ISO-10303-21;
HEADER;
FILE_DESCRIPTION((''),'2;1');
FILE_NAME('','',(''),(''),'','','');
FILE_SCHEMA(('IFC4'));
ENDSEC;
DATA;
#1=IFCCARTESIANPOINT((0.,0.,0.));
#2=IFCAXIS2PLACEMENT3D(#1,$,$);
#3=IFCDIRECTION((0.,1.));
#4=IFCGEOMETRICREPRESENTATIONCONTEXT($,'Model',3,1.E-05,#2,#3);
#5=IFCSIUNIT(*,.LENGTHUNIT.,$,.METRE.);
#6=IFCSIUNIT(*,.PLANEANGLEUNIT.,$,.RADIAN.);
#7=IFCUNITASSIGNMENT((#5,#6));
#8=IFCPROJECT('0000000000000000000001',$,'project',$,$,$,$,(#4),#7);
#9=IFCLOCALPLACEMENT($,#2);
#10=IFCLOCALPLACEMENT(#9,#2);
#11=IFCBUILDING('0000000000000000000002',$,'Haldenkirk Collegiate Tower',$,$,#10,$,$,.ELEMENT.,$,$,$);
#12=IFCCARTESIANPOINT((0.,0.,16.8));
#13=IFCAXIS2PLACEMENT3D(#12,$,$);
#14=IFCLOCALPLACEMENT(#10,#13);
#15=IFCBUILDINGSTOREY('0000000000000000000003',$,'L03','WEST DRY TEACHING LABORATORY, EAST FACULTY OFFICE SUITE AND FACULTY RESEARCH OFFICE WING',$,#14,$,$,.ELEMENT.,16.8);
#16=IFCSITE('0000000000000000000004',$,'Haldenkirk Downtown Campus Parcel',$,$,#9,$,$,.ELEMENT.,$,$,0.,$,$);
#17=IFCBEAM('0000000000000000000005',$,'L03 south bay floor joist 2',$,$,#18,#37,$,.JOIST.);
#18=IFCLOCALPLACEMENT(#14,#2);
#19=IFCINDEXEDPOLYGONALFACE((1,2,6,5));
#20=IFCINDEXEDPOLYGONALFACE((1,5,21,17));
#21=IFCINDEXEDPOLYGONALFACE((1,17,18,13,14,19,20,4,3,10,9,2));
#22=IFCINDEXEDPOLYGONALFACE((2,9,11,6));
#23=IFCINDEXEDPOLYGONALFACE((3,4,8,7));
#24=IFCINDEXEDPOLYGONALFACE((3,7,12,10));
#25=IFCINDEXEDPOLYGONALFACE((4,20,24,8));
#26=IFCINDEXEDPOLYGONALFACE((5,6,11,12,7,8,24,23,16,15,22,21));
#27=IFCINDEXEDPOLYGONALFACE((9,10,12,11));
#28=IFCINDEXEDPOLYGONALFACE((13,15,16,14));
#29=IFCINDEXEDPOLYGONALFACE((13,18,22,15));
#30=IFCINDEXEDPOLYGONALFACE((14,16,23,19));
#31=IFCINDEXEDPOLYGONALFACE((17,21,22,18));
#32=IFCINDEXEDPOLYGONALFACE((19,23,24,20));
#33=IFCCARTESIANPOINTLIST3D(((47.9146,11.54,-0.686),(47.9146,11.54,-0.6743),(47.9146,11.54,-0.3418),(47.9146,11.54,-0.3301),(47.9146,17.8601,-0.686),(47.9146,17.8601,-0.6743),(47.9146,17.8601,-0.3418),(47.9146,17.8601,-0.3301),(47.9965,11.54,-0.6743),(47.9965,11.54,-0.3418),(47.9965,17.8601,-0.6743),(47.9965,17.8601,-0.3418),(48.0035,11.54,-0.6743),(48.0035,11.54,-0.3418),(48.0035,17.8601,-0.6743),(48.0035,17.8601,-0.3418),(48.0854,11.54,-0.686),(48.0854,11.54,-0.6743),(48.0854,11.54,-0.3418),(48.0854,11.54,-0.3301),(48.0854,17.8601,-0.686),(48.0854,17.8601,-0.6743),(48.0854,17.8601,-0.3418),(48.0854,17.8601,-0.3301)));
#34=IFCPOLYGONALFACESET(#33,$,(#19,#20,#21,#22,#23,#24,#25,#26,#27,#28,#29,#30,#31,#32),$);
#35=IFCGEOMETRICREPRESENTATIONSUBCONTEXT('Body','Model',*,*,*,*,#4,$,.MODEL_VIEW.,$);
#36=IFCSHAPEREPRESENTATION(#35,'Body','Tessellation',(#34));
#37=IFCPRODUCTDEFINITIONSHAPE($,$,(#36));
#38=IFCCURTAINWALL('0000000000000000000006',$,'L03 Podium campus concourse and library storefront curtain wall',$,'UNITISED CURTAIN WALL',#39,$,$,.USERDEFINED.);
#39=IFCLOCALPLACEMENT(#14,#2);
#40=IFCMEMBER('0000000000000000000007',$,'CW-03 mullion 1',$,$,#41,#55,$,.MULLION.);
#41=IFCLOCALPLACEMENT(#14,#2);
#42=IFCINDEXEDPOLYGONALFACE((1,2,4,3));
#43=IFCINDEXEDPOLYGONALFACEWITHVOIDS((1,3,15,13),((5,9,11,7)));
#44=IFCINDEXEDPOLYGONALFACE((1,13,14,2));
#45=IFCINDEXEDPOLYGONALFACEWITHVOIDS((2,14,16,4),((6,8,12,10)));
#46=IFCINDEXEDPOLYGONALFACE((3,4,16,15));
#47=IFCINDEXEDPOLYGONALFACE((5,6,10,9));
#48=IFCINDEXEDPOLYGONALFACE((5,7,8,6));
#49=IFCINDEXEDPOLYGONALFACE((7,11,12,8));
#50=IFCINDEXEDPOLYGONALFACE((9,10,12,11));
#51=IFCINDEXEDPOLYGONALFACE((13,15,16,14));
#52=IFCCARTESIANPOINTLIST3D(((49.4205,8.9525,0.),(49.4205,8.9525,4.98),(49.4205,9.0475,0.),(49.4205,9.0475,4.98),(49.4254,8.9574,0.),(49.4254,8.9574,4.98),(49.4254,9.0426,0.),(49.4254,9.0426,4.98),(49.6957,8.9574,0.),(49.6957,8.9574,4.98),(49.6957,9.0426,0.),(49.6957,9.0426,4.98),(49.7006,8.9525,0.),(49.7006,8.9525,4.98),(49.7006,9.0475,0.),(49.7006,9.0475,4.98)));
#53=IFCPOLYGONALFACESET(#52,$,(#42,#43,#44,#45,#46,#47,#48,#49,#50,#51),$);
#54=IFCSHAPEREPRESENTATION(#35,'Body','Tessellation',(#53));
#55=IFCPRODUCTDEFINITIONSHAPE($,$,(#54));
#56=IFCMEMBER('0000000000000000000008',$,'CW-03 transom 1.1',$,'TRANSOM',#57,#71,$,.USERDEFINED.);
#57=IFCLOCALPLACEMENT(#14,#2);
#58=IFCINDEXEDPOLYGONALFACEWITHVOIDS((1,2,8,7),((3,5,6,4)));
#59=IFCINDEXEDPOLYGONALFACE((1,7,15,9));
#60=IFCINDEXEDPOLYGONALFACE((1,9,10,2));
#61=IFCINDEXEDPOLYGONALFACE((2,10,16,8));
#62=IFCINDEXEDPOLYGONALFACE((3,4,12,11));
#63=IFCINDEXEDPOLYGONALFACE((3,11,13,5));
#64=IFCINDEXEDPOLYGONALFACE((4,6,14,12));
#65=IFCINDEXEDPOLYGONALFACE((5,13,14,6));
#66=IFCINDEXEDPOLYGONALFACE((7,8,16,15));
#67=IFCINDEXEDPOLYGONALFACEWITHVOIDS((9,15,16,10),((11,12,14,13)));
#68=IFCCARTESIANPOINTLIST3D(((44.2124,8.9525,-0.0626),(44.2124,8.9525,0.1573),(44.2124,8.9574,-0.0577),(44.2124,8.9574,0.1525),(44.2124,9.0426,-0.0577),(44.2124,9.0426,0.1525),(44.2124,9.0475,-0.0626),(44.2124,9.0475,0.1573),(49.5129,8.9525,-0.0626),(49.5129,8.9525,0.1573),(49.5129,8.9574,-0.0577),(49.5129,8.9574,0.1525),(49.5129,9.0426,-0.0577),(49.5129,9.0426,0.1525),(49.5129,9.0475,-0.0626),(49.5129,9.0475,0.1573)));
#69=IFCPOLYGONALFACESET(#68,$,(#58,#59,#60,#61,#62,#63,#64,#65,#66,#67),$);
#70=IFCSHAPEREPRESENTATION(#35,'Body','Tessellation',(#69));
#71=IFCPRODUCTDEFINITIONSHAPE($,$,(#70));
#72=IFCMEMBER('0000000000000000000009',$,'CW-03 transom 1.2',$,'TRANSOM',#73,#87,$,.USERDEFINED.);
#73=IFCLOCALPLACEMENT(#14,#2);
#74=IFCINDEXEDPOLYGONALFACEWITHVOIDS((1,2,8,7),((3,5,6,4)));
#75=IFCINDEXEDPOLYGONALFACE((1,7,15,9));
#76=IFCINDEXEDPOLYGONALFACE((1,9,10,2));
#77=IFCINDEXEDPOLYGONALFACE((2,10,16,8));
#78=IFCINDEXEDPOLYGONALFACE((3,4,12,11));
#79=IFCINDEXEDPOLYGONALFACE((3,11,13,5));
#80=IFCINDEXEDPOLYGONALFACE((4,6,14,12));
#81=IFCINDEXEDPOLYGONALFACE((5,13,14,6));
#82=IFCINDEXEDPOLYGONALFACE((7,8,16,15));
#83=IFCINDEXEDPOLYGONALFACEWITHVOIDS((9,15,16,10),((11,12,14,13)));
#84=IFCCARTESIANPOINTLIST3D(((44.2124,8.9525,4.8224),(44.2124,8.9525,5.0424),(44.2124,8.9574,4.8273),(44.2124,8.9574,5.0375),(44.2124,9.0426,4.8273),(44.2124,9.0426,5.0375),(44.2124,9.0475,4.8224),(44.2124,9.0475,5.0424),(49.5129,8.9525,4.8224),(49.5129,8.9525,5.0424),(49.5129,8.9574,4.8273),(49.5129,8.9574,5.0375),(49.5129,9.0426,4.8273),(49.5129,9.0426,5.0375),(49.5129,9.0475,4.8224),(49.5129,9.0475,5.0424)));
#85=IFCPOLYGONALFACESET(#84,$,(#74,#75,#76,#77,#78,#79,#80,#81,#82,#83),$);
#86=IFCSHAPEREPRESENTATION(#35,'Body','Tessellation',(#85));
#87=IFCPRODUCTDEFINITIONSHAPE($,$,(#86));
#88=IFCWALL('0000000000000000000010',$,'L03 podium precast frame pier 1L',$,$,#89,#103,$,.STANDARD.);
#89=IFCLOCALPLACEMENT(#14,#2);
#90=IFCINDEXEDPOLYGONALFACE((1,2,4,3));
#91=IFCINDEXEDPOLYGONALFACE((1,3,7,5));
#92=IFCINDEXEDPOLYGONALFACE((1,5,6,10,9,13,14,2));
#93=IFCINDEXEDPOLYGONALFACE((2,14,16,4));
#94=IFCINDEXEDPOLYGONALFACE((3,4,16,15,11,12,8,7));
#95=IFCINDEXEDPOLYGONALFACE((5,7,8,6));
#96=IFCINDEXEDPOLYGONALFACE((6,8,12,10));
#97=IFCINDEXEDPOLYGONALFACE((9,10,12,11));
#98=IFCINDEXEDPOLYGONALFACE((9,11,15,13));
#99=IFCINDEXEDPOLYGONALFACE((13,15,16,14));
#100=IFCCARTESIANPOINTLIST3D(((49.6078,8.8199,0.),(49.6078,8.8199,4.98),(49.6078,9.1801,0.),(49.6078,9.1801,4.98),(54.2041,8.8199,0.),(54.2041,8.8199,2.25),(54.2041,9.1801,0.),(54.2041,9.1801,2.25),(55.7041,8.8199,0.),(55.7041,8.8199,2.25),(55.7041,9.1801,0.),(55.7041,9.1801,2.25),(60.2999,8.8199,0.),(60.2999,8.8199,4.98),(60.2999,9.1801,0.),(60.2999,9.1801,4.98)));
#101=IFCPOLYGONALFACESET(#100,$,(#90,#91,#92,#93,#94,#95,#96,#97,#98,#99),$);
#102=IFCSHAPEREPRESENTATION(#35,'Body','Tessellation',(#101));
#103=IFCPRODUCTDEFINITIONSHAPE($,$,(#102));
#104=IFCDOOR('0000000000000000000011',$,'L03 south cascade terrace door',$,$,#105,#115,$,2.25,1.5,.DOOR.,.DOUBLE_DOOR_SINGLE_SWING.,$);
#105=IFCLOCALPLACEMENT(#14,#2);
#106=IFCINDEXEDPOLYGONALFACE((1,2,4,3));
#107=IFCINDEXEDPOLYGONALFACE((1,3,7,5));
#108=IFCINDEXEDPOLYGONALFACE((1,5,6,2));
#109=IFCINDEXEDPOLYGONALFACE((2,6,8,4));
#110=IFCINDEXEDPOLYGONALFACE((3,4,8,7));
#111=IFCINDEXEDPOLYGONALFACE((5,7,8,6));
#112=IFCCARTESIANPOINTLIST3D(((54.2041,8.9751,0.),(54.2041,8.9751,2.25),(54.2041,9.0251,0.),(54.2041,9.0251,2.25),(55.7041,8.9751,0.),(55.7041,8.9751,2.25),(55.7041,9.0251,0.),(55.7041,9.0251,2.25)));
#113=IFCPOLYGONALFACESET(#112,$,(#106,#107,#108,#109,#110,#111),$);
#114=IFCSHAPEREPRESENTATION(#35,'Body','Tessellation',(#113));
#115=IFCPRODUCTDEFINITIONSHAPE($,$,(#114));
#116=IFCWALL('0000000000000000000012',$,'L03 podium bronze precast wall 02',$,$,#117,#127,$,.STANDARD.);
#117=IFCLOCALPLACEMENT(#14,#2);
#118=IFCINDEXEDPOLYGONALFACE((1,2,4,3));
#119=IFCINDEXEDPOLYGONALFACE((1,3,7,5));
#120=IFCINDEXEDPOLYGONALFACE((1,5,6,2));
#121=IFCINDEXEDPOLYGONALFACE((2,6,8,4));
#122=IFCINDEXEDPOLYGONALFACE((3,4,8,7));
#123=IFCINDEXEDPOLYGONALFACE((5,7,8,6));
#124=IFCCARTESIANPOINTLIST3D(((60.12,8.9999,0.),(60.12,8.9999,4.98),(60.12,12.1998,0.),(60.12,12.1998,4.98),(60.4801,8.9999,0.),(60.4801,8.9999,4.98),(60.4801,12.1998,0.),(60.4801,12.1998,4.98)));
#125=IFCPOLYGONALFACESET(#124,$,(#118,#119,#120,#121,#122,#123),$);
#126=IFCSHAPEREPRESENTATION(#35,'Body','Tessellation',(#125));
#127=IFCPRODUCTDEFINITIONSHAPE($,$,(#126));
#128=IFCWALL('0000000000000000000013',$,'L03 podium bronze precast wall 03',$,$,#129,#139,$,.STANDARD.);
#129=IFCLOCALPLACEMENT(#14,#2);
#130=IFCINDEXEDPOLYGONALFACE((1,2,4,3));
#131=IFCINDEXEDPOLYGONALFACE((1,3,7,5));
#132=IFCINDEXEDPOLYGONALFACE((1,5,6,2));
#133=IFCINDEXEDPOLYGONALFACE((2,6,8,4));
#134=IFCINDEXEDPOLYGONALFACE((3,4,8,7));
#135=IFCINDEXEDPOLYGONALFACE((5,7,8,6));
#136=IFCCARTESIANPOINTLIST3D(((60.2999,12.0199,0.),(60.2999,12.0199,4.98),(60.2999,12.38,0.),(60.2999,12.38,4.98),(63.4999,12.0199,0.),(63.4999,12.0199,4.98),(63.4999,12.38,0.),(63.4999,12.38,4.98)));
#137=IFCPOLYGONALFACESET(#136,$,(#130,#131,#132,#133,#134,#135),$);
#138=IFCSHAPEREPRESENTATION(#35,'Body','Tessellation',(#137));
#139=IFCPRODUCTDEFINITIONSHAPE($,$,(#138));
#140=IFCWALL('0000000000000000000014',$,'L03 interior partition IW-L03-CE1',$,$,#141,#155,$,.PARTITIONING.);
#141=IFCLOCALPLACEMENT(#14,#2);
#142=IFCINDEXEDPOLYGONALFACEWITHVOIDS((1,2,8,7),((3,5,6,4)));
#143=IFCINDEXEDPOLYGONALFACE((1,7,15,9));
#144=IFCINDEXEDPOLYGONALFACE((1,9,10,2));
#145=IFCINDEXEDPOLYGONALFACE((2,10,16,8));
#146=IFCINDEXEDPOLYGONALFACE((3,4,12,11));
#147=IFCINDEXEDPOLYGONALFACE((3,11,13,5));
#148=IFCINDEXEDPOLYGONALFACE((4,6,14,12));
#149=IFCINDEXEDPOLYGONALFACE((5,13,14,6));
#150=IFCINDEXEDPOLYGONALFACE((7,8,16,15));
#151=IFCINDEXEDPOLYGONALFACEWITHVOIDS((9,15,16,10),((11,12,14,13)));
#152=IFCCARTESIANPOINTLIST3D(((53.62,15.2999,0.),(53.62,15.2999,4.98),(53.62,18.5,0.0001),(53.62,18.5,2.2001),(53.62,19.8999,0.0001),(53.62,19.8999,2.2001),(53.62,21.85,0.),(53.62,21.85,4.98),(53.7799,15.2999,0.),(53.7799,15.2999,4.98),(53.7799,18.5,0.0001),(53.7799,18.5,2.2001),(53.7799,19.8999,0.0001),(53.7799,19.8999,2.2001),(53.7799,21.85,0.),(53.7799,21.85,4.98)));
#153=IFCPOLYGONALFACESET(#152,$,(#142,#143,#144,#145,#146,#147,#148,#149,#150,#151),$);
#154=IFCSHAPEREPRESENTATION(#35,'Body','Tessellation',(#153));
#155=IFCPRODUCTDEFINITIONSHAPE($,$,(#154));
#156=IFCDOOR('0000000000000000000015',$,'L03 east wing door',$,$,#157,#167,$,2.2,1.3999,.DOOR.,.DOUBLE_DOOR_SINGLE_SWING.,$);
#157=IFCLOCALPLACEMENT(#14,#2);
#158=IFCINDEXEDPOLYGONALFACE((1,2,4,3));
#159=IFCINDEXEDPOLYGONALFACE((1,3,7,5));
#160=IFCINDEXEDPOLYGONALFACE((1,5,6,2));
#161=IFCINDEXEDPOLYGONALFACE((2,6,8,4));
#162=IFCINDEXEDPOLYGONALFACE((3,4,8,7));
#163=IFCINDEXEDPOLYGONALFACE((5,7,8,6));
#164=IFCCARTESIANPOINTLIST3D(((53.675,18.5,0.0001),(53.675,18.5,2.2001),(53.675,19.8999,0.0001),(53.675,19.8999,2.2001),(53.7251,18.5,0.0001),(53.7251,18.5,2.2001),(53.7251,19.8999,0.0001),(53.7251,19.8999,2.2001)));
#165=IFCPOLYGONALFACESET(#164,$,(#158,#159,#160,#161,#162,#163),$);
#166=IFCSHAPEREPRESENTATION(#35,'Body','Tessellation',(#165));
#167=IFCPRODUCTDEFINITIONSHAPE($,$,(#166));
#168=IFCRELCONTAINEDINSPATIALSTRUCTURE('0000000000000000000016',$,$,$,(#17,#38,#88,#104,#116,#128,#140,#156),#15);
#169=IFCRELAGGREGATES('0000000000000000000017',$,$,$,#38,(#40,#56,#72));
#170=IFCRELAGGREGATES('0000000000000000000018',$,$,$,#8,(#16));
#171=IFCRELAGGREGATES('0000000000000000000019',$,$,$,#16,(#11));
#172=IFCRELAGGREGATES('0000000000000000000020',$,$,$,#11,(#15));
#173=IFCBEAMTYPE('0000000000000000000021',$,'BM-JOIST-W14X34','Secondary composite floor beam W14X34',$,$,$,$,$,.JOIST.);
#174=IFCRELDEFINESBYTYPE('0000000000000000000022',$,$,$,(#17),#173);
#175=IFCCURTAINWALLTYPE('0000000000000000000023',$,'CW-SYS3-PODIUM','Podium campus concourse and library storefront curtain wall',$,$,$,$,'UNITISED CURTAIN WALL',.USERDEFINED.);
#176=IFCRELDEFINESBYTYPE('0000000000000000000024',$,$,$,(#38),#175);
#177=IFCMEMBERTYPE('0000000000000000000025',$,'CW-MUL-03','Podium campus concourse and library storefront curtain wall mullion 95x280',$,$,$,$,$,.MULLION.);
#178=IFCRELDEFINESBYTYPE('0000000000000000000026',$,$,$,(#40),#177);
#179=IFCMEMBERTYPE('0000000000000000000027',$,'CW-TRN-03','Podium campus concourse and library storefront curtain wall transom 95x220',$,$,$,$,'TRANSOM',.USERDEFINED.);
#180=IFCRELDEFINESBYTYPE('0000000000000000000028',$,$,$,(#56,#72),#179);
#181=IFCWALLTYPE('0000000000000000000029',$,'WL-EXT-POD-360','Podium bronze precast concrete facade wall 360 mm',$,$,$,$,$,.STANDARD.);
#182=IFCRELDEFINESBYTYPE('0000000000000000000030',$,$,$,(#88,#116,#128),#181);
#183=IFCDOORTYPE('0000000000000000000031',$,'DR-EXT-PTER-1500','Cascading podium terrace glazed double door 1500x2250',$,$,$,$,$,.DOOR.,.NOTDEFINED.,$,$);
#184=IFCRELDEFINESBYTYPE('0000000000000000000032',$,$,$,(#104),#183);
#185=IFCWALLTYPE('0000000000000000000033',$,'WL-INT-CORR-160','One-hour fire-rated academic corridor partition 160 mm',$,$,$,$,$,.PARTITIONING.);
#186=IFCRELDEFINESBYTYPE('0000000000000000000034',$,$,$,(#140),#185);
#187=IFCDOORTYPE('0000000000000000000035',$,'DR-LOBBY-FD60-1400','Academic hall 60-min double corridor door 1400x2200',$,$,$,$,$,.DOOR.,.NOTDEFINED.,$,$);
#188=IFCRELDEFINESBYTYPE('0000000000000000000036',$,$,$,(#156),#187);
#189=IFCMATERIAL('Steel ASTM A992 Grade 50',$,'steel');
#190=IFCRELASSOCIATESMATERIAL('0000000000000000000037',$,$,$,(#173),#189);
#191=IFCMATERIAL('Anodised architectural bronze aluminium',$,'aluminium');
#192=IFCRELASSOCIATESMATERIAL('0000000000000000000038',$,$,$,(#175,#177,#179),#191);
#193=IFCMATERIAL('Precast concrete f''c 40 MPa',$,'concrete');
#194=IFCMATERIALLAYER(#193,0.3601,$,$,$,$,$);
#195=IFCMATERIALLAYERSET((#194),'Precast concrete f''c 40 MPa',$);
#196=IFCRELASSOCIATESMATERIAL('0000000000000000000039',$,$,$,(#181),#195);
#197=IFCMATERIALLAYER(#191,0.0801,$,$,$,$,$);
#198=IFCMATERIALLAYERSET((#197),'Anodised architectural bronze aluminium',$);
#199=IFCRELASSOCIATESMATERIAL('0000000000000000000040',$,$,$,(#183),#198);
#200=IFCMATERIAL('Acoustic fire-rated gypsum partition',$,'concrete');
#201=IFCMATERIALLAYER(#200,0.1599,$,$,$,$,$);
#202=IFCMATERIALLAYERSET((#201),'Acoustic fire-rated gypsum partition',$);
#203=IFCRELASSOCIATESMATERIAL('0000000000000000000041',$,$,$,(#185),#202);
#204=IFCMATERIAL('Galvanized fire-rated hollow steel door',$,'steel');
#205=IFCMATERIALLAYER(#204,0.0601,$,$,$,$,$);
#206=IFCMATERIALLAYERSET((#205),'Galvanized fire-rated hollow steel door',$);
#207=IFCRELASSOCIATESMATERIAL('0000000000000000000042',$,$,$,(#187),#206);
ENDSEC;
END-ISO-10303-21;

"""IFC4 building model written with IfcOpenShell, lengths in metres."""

from ifc_helpers import new_model, si_unit, direction, frame, frame_2d, origin, origin_2d, place, context, subcontext, project, spatial, rectangle, hollow_rectangle, i_section, extrude, material, layer, layer_set, material_profile, profile_set, type_object, element, fill, aggregate, save


model = new_model("IFC4")

# Units and contexts
model_context = context("Model", 3, precision=1e-05, world=origin(), true_north=direction((0.0, 1.0)))
body_context = subcontext(model_context, "Body", "Model", "MODEL_VIEW")
ifc_project = project(units=[si_unit("LENGTHUNIT", "METRE"), si_unit("PLANEANGLEUNIT", "RADIAN")], contexts=[model_context])

# Site, building, storey
site_placement = place(None, origin())
site = spatial("IfcSite", under=ifc_project, at=site_placement, Name="Haldenkirk Downtown Campus Parcel", CompositionType="ELEMENT", RefElevation=0.0)
building_placement = place(site_placement, origin())
building = spatial("IfcBuilding", under=site, at=building_placement, Name="Haldenkirk Collegiate Tower", CompositionType="ELEMENT")
storey_placement = place(building_placement, frame((0.0, 0.0, 16.8)))
storey = spatial("IfcBuildingStorey", under=building, at=storey_placement, Name="L03", Description="WEST DRY TEACHING LABORATORY, EAST FACULTY OFFICE SUITE AND FACULTY RESEARCH OFFICE WING", CompositionType="ELEMENT", Elevation=16.8)

# Beam
ifc_material_1 = material(Name="Steel ASTM A992 Grade 50", Category="steel")
ifc_material_profile_1 = material_profile(ifc_material_1, i_section(OverallWidth=0.1709, OverallDepth=0.356, WebThickness=0.0071, FlangeThickness=0.0117, at=origin_2d()), Name="W14X34")
ifc_profile_set_1 = profile_set([ifc_material_profile_1], Name="Steel ASTM A992 Grade 50")
beam_type_1 = type_object("IfcBeamType", Name="BM-JOIST-W14X34", Description="Secondary composite floor beam W14X34", PredefinedType="JOIST", material=ifc_profile_set_1)
beam_1_placement = place(storey_placement, frame((48.0, 11.54, -0.5081), z_axis=(0.0, 1.0, 0.0), x_axis=(-1.0, 0.0, 0.0)))
element("IfcBeam", 1, at=beam_1_placement, inside=storey, type_object=beam_type_1, Name="L03 south bay floor joist 2", PredefinedType="JOIST", context=body_context, shape_type="SweptSolid", body=[
    extrude(i_section(OverallWidth=0.1709, OverallDepth=0.356, WebThickness=0.0071, FlangeThickness=0.0117, at=origin_2d()), origin(), (0.0, 0.0, 1.0), 6.3201),
])

# Curtain wall, members
ifc_material_2 = material(Name="Anodised architectural bronze aluminium", Category="aluminium")
curtain_wall_type = type_object("IfcCurtainWallType", Name="CW-SYS3-PODIUM", Description="Podium campus concourse and library storefront curtain wall", ElementType="UNITISED CURTAIN WALL", PredefinedType="USERDEFINED", material=ifc_material_2)
curtain_wall_placement = place(storey_placement, origin())
curtain_wall = element("IfcCurtainWall", 2, at=curtain_wall_placement, inside=storey, type_object=curtain_wall_type, Name="L03 Podium campus concourse and library storefront curtain wall", ObjectType="UNITISED CURTAIN WALL", PredefinedType="USERDEFINED")
ifc_material_profile_2 = material_profile(ifc_material_2, hollow_rectangle(XDim=0.095, YDim=0.28, WallThickness=0.0049, at=origin_2d()), Name="CW-MUL-03")
ifc_profile_set_2 = profile_set([ifc_material_profile_2], Name="Anodised architectural bronze aluminium")
member_type_1 = type_object("IfcMemberType", Name="CW-MUL-03", Description="Podium campus concourse and library storefront curtain wall mullion 95x280", PredefinedType="MULLION", material=ifc_profile_set_2)
member_1_placement = place(storey_placement, frame((49.5605, 9.0, 0.0), z_axis=(0.0, 0.0, 1.0), x_axis=(0.0, -1.0, 0.0)))
member_1 = element("IfcMember", 3, at=member_1_placement, type_object=member_type_1, Name="CW-03 mullion 1", PredefinedType="MULLION", context=body_context, shape_type="SweptSolid", body=[
    extrude(hollow_rectangle(XDim=0.095, YDim=0.28, WallThickness=0.0049, at=origin_2d()), origin(), (0.0, 0.0, 1.0), 4.98),
])
ifc_material_profile_3 = material_profile(ifc_material_2, hollow_rectangle(XDim=0.095, YDim=0.22, WallThickness=0.0049, at=origin_2d()), Name="CW-TRN-03")
ifc_profile_set_3 = profile_set([ifc_material_profile_3], Name="Anodised architectural bronze aluminium")
member_type_2 = type_object("IfcMemberType", Name="CW-TRN-03", Description="Podium campus concourse and library storefront curtain wall transom 95x220", ElementType="TRANSOM", PredefinedType="USERDEFINED", material=ifc_profile_set_3)
member_2_placement = place(storey_placement, frame((49.5129, 9.0, 0.0474), z_axis=(-1.0, 0.0, 0.0), x_axis=(0.0, -1.0, 0.0)))
member_2 = element("IfcMember", 4, at=member_2_placement, type_object=member_type_2, Name="CW-03 transom 1.1", ObjectType="TRANSOM", PredefinedType="USERDEFINED", context=body_context, shape_type="SweptSolid", body=[
    extrude(hollow_rectangle(XDim=0.095, YDim=0.22, WallThickness=0.0049, at=origin_2d()), origin(), (0.0, 0.0, 1.0), 5.3005),
])
member_3_placement = place(storey_placement, frame((49.5129, 9.0, 4.9324), z_axis=(-1.0, 0.0, 0.0), x_axis=(0.0, -1.0, 0.0)))
member_3 = element("IfcMember", 5, at=member_3_placement, type_object=member_type_2, Name="CW-03 transom 1.2", ObjectType="TRANSOM", PredefinedType="USERDEFINED", context=body_context, shape_type="SweptSolid", body=[
    extrude(hollow_rectangle(XDim=0.095, YDim=0.22, WallThickness=0.0049, at=origin_2d()), origin(), (0.0, 0.0, 1.0), 5.3005),
])
aggregate(curtain_wall, [member_1, member_2, member_3])

# Wall, opening, door
ifc_material_3 = material(Name="Precast concrete f'c 40 MPa", Category="concrete")
ifc_layer_1 = layer(ifc_material_3, 0.3601)
ifc_layer_set_1 = layer_set([ifc_layer_1], Name="Precast concrete f'c 40 MPa")
wall_type_1 = type_object("IfcWallType", Name="WL-EXT-POD-360", Description="Podium bronze precast concrete facade wall 360 mm", PredefinedType="STANDARD", material=ifc_layer_set_1)
wall_1_placement = place(storey_placement, frame((60.3, 9.0, 0.0), z_axis=(0.0, 0.0, 1.0), x_axis=(-1.0, 0.0, 0.0)))
wall_1 = element("IfcWall", 6, at=wall_1_placement, inside=storey, type_object=wall_type_1, Name="L03 podium precast frame pier 1L", PredefinedType="STANDARD", context=body_context, shape_type="SweptSolid", body=[
    extrude(rectangle(XDim=10.6921, YDim=0.3601, at=frame_2d((5.3462, 0.0))), origin(), (0.0, 0.0, 1.0), 4.98),
])
opening_1_placement = place(wall_1_placement, frame((4.5959, 0.0, 0.0)))
opening_1 = element("IfcOpeningElement", 7, at=opening_1_placement, cuts=wall_1, PredefinedType="OPENING", context=body_context, shape_type="SweptSolid", body=[
    extrude(rectangle(XDim=1.5, YDim=2.25, at=frame_2d((0.75, 1.125))), frame((0.0, 0.1899, 0.0), z_axis=(0.0, -1.0, 0.0), x_axis=(1.0, 0.0, 0.0)), (0.0, 0.0, 1.0), 0.3801),
])
ifc_layer_2 = layer(ifc_material_2, 0.0801)
ifc_layer_set_2 = layer_set([ifc_layer_2], Name="Anodised architectural bronze aluminium")
door_type_1 = type_object("IfcDoorType", Name="DR-EXT-PTER-1500", Description="Cascading podium terrace glazed double door 1500x2250", OperationType="NOTDEFINED", PredefinedType="DOOR", material=ifc_layer_set_2)
door_1_placement = place(opening_1_placement, origin())
door_1 = element("IfcDoor", 8, at=door_1_placement, inside=storey, type_object=door_type_1, Name="L03 south cascade terrace door", OperationType="DOUBLE_DOOR_SINGLE_SWING", OverallHeight=2.25, OverallWidth=1.5, PredefinedType="DOOR", context=body_context, shape_type="SweptSolid", body=[
    extrude(rectangle(XDim=1.5, YDim=2.25, at=frame_2d((0.75, 1.125))), frame((0.0, 0.0249, 0.0), z_axis=(0.0, -1.0, 0.0), x_axis=(1.0, 0.0, 0.0)), (0.0, 0.0, 1.0), 0.05),
])
fill(opening_1, door_1)

# Walls
for number, where, z_axis, x_axis, name in (
    (9, (60.3, 12.2, 0.0), (0.0, 0.0, 1.0), (0.0, -1.0, 0.0), "L03 podium bronze precast wall 02"),
    (10, (63.5, 12.2, 0.0), (0.0, 0.0, 1.0), (-1.0, 0.0, 0.0), "L03 podium bronze precast wall 03"),
):
    element("IfcWall", number, at=place(storey_placement, frame(where, z_axis=z_axis, x_axis=x_axis)), inside=storey, type_object=wall_type_1, Name=name, PredefinedType="STANDARD", context=body_context, shape_type="SweptSolid", body=[
        extrude(rectangle(XDim=3.2, YDim=0.3601, at=frame_2d((1.6001, 0.0))), origin(), (0.0, 0.0, 1.0), 4.98),
    ])

# Wall, opening, door
ifc_material_4 = material(Name="Acoustic fire-rated gypsum partition", Category="concrete")
ifc_layer_3 = layer(ifc_material_4, 0.1599)
ifc_layer_set_3 = layer_set([ifc_layer_3], Name="Acoustic fire-rated gypsum partition")
wall_type_2 = type_object("IfcWallType", Name="WL-INT-CORR-160", Description="One-hour fire-rated academic corridor partition 160 mm", PredefinedType="PARTITIONING", material=ifc_layer_set_3)
wall_2_placement = place(storey_placement, frame((53.7, 15.3, 0.0), z_axis=(0.0, 0.0, 1.0), x_axis=(0.0, 1.0, 0.0)))
wall_2 = element("IfcWall", 11, at=wall_2_placement, inside=storey, type_object=wall_type_2, Name="L03 interior partition IW-L03-CE1", PredefinedType="PARTITIONING", context=body_context, shape_type="SweptSolid", body=[
    extrude(rectangle(XDim=6.55, YDim=0.1599, at=frame_2d((3.2749, 0.0))), origin(), (0.0, 0.0, 1.0), 4.98),
])
opening_2_placement = place(wall_2_placement, frame((3.2, 0.0, 0.0)))
opening_2 = element("IfcOpeningElement", 12, at=opening_2_placement, cuts=wall_2, PredefinedType="OPENING", context=body_context, shape_type="SweptSolid", body=[
    extrude(rectangle(XDim=1.3999, YDim=2.2, at=frame_2d((0.7, 1.1001))), frame((0.0, 0.0898, 0.0), z_axis=(0.0, -1.0, 0.0), x_axis=(1.0, 0.0, 0.0)), (0.0, 0.0, 1.0), 0.1799),
])
ifc_material_5 = material(Name="Galvanized fire-rated hollow steel door", Category="steel")
ifc_layer_4 = layer(ifc_material_5, 0.0601)
ifc_layer_set_4 = layer_set([ifc_layer_4], Name="Galvanized fire-rated hollow steel door")
door_type_2 = type_object("IfcDoorType", Name="DR-LOBBY-FD60-1400", Description="Academic hall 60-min double corridor door 1400x2200", OperationType="NOTDEFINED", PredefinedType="DOOR", material=ifc_layer_set_4)
door_2_placement = place(opening_2_placement, origin())
door_2 = element("IfcDoor", 13, at=door_2_placement, inside=storey, type_object=door_type_2, Name="L03 east wing door", OperationType="DOUBLE_DOOR_SINGLE_SWING", OverallHeight=2.2, OverallWidth=1.3999, PredefinedType="DOOR", context=body_context, shape_type="SweptSolid", body=[
    extrude(rectangle(XDim=1.3999, YDim=2.2, at=frame_2d((0.7, 1.1001))), frame((0.0, 0.0249, 0.0), z_axis=(0.0, -1.0, 0.0), x_axis=(1.0, 0.0, 0.0)), (0.0, 0.0, 1.0), 0.05),
])
fill(opening_2, door_2)

save(model, "model.ifc")
